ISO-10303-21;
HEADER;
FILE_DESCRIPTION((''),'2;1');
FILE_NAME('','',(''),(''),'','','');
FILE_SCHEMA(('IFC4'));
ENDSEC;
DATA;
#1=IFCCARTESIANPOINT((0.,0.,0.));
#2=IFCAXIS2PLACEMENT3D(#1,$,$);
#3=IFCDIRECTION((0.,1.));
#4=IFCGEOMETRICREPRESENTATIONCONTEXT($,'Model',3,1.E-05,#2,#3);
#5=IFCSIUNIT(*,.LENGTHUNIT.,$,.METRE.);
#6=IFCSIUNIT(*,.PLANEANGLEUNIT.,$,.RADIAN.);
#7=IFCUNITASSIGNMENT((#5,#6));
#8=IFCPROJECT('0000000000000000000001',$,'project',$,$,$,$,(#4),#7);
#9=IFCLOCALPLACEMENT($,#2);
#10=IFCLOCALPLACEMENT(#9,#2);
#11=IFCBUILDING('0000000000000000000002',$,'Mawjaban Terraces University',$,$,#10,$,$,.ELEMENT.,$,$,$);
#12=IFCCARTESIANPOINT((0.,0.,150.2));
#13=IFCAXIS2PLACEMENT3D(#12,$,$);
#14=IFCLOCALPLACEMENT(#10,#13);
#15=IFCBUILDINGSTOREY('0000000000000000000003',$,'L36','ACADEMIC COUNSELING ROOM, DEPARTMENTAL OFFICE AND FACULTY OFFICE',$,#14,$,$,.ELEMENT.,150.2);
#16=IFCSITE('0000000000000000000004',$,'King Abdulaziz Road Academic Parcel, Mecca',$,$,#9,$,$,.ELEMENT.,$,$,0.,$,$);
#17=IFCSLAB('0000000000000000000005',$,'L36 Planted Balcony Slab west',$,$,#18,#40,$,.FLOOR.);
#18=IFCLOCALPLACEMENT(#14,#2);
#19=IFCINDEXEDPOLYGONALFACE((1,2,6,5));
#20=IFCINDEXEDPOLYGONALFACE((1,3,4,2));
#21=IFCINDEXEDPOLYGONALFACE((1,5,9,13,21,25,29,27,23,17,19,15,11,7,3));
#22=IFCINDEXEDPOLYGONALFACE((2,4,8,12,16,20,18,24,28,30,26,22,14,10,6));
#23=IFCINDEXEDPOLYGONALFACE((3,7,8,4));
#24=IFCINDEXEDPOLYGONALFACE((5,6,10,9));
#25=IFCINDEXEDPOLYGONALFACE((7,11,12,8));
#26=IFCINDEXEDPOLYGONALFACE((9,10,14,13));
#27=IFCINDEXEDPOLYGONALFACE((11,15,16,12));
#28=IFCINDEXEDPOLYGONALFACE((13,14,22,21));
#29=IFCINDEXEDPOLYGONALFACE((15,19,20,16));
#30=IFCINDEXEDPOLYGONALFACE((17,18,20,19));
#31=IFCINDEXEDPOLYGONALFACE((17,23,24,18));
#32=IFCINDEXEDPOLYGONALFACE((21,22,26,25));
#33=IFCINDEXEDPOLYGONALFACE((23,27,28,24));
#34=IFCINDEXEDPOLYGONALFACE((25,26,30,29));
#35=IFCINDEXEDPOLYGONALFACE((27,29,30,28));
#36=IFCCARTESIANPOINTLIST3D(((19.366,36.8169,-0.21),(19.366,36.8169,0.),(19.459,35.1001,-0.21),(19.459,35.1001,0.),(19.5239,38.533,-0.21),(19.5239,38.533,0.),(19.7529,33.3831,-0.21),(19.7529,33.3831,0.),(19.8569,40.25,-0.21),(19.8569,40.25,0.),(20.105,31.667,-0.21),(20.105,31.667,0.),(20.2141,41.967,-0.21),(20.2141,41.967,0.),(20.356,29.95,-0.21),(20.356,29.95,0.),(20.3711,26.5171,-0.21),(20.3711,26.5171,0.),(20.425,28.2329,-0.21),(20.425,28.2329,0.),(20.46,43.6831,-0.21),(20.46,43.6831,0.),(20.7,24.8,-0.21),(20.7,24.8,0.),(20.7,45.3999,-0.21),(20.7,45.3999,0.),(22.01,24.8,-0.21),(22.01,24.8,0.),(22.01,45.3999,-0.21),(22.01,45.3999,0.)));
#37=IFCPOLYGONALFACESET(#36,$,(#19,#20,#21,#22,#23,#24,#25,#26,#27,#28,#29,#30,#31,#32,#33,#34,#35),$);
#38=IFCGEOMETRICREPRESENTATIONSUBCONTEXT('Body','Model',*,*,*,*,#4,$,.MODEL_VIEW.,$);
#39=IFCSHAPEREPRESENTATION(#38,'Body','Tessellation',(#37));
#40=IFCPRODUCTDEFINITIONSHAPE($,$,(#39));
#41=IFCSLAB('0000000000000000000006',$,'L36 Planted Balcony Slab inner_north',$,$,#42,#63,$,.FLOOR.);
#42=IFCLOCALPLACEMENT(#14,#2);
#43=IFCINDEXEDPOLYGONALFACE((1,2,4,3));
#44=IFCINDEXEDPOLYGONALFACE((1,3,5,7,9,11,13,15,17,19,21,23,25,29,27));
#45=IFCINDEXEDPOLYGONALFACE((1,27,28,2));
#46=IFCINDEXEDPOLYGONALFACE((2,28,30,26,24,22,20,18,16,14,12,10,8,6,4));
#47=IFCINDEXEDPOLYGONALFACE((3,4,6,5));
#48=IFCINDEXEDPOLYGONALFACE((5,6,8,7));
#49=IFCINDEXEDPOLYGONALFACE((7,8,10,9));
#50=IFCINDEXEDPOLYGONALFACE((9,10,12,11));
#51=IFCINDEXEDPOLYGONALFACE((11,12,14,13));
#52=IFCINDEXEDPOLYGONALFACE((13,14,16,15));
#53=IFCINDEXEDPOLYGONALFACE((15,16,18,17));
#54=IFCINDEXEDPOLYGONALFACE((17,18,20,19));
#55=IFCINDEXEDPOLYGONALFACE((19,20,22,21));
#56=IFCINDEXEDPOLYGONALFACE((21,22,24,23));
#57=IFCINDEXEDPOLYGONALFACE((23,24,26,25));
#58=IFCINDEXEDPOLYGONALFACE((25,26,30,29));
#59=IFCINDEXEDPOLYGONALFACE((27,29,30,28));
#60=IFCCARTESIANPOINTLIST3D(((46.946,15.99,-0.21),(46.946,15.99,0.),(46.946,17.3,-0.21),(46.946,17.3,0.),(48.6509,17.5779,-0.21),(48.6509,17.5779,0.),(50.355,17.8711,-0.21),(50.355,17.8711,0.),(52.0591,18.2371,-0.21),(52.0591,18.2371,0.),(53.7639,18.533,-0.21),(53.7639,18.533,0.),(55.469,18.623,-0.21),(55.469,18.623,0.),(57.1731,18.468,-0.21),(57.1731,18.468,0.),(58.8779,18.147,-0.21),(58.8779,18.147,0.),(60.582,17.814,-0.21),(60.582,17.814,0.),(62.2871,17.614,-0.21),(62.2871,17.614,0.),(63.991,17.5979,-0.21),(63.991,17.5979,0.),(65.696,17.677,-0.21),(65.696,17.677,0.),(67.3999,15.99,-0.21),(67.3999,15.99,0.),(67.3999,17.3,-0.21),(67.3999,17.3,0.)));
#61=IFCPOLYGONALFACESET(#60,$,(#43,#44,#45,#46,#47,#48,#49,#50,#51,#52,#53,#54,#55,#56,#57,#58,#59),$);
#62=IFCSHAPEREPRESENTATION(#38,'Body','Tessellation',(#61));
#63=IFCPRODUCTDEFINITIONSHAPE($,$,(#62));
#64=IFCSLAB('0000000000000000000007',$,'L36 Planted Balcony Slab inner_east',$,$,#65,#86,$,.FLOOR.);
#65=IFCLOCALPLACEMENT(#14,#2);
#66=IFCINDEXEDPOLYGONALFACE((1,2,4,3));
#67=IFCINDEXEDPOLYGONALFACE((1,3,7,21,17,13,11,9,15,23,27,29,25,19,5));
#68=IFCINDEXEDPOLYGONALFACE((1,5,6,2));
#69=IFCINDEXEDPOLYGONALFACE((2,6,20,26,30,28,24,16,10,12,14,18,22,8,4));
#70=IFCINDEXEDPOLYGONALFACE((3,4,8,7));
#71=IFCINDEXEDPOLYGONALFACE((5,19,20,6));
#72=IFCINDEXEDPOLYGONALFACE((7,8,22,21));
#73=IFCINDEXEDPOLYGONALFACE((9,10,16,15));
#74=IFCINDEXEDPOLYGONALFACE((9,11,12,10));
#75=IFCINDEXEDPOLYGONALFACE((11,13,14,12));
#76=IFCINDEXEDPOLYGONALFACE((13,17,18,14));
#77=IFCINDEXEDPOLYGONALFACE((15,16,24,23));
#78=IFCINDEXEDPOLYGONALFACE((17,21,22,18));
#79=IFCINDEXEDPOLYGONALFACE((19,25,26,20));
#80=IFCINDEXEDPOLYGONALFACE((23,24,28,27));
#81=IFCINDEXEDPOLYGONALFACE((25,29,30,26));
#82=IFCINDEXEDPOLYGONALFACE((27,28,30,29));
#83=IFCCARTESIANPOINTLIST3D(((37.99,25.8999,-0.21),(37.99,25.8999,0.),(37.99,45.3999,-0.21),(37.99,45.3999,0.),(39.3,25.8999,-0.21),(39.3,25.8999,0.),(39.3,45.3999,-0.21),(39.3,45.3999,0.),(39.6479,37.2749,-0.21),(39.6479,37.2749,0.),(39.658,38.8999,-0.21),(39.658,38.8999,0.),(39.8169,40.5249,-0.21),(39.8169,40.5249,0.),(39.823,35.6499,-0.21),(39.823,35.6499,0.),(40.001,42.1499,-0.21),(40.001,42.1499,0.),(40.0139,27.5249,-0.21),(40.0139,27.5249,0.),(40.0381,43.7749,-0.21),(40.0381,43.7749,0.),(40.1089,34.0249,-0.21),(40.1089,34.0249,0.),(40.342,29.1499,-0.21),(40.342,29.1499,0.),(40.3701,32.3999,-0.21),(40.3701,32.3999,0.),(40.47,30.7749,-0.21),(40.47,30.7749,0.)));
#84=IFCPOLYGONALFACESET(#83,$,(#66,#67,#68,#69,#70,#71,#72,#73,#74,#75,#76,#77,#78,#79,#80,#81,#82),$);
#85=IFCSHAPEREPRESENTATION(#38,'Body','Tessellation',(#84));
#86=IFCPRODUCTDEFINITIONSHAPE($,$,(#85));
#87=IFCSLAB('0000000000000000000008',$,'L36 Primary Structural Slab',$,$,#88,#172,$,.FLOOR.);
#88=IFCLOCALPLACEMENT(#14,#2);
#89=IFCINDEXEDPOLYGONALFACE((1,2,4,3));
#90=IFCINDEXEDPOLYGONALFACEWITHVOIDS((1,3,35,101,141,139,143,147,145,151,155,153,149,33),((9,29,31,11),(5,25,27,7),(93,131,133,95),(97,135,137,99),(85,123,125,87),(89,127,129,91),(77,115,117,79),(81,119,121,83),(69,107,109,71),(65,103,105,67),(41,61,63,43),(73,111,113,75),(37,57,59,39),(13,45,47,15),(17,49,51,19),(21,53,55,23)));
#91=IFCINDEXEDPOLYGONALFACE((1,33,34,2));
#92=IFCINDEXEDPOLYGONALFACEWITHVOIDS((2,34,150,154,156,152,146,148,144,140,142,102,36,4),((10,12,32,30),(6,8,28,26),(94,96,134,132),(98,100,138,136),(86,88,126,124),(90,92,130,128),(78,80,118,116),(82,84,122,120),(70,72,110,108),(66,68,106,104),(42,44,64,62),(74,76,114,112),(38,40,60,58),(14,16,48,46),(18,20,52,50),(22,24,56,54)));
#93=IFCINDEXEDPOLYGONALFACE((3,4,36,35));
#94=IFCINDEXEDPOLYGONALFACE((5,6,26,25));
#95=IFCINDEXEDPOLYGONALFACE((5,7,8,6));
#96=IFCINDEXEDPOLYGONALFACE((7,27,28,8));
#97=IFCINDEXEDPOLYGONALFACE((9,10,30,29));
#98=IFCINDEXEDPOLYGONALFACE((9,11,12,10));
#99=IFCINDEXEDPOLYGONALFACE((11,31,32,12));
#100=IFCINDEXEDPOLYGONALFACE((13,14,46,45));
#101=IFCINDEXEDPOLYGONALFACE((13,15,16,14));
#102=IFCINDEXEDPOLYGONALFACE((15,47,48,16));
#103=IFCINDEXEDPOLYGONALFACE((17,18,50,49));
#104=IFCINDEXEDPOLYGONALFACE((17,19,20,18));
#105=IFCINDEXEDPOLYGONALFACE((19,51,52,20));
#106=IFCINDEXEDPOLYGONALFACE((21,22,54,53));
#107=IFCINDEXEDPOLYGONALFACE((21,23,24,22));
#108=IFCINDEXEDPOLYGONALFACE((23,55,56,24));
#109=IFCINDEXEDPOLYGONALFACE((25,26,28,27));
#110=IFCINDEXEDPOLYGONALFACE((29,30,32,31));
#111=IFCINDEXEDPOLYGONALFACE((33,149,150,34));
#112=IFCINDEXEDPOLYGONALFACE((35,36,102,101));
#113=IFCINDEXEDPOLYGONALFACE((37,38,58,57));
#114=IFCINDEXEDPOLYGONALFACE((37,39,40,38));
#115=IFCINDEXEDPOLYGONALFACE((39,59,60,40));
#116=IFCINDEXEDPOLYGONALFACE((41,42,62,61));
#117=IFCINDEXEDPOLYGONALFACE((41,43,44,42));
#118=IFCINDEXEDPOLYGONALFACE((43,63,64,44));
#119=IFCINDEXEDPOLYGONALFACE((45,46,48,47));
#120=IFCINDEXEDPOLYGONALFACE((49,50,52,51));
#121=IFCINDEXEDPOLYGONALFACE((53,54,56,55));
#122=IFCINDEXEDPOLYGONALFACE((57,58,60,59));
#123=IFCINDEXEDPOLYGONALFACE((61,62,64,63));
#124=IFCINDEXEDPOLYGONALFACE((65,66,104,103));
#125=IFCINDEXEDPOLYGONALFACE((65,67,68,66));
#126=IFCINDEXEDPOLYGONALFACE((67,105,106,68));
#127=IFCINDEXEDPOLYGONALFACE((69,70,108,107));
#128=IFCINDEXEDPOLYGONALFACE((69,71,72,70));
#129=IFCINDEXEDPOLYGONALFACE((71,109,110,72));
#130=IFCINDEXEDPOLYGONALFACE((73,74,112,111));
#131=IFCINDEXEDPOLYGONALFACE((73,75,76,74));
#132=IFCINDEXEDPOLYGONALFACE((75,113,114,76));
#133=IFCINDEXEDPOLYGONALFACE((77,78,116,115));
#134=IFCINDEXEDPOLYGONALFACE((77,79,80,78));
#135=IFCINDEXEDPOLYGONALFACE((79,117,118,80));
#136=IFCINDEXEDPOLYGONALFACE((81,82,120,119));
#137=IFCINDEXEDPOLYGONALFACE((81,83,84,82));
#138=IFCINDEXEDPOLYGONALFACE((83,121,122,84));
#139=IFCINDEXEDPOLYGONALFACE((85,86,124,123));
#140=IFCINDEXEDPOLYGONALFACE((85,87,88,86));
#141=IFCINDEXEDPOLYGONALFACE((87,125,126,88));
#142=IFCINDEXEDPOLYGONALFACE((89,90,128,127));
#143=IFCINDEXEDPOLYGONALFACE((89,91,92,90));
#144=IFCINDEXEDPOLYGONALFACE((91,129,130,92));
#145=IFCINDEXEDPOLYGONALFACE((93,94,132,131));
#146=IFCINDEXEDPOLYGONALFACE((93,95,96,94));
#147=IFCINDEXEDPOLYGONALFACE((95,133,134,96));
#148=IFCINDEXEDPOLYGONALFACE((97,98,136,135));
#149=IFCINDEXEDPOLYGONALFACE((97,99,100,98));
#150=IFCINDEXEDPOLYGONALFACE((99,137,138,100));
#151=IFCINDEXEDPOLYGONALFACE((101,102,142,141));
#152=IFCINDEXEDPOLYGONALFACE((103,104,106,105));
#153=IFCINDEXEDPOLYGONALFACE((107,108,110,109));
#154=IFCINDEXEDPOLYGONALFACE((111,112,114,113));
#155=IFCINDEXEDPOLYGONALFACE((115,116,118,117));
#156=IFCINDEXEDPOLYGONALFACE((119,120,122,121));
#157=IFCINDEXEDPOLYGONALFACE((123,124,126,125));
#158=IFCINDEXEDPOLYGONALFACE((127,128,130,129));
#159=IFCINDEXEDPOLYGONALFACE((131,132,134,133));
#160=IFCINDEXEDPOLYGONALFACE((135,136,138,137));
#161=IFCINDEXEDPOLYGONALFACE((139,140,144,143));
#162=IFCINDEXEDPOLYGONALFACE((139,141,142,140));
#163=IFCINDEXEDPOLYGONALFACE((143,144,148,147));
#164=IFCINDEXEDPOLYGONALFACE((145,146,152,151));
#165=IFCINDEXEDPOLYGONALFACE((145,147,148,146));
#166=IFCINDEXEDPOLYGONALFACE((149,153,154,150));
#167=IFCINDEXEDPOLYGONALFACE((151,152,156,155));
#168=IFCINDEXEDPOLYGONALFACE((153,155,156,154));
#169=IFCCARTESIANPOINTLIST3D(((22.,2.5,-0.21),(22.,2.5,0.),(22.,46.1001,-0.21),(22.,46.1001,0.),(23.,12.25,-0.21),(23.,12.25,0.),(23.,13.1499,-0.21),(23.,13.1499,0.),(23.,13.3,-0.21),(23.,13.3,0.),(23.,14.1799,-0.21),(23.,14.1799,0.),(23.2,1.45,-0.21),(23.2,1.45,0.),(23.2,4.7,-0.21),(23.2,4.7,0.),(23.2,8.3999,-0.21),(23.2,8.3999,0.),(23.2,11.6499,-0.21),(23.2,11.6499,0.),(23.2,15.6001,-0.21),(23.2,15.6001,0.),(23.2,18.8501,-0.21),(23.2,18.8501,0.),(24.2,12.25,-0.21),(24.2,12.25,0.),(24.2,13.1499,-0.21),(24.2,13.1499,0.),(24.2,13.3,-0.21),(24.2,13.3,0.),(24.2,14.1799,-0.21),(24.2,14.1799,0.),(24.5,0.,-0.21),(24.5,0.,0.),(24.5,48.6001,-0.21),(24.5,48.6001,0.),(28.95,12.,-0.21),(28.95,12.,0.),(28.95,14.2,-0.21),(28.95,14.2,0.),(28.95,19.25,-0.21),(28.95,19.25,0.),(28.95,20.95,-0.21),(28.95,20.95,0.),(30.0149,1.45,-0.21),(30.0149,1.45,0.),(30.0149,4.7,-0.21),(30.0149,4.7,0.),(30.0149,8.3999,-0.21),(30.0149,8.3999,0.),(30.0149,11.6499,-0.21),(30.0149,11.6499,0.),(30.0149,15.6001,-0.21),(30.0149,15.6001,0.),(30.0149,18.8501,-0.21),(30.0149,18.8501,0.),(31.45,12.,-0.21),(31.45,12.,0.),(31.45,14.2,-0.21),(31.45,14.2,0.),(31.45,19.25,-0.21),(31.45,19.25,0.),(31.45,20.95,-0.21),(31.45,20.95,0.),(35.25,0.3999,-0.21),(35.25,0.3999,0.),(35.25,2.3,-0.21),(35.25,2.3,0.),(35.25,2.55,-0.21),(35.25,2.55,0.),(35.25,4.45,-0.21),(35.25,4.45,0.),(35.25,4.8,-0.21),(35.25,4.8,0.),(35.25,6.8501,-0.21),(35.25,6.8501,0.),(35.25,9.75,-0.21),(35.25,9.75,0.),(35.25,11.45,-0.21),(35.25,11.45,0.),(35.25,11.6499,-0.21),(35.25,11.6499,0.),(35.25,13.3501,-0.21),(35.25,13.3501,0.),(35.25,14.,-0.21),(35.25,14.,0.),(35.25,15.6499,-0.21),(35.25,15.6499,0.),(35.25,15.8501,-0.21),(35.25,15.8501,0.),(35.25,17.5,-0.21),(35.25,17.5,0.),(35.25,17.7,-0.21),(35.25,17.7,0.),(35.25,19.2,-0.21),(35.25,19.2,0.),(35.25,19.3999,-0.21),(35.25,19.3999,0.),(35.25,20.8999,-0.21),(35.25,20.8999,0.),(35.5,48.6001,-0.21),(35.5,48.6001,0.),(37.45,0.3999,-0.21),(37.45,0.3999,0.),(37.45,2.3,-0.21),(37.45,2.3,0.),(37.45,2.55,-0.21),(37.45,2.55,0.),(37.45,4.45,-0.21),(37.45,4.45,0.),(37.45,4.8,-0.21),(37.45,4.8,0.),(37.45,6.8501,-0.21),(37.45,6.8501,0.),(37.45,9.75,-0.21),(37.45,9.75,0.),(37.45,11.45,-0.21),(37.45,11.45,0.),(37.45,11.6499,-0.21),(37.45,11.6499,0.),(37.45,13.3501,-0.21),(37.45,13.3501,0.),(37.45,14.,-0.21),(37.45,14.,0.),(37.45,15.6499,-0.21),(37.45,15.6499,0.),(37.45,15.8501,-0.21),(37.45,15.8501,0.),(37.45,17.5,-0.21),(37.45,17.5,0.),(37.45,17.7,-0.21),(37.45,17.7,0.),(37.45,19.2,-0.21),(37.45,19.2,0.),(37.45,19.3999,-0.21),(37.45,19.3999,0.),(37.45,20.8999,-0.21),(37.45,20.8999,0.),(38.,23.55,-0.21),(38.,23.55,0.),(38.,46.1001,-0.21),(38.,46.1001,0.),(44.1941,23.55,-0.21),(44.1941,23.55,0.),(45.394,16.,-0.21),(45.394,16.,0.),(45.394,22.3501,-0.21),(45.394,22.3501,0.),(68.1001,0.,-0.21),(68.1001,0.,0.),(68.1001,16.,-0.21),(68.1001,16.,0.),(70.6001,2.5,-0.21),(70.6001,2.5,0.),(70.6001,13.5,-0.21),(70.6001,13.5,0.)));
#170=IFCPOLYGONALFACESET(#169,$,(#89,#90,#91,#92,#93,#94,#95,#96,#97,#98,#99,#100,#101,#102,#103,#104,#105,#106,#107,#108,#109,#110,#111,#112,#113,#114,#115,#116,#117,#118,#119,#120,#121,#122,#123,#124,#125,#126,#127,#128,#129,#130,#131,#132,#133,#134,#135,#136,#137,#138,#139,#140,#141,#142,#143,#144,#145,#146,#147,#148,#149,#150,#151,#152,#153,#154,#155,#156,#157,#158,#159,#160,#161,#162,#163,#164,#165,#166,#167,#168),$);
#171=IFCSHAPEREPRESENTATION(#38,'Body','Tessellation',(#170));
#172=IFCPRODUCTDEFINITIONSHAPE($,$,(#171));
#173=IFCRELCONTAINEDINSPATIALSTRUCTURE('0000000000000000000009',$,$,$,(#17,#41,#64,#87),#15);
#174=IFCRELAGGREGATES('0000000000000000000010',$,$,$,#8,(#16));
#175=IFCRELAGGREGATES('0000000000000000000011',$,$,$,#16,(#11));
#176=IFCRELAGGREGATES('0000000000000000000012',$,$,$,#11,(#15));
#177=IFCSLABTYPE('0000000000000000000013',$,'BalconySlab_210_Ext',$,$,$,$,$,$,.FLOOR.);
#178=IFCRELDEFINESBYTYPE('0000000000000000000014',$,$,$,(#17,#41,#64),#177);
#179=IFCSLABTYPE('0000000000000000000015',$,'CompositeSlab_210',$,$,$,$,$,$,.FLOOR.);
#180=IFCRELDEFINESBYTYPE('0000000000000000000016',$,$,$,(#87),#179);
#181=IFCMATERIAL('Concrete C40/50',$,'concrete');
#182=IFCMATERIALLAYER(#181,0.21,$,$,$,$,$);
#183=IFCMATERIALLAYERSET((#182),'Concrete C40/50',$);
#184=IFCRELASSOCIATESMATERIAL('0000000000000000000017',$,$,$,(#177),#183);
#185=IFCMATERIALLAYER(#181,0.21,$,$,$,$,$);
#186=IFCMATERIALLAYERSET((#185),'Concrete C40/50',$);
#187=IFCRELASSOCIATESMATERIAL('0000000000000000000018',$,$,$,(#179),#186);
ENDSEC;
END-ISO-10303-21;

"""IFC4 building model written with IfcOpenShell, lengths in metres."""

from ifc_helpers import new_model, si_unit, direction, frame, origin, place, context, subcontext, project, spatial, polyline, outline, extrude, material, layer, layer_set, type_object, element, save


model = new_model("IFC4")

# Units and contexts
model_context = context("Model", 3, precision=1e-05, world=origin(), true_north=direction((0.0, 1.0)))
body_context = subcontext(model_context, "Body", "Model", "MODEL_VIEW")
ifc_project = project(units=[si_unit("LENGTHUNIT", "METRE"), si_unit("PLANEANGLEUNIT", "RADIAN")], contexts=[model_context])

# Site, building, storey
site_placement = place(None, origin())
site = spatial("IfcSite", under=ifc_project, at=site_placement, Name="King Abdulaziz Road Academic Parcel, Mecca", CompositionType="ELEMENT", RefElevation=0.0)
building_placement = place(site_placement, origin())
building = spatial("IfcBuilding", under=site, at=building_placement, Name="Mawjaban Terraces University", CompositionType="ELEMENT")
storey_placement = place(building_placement, frame((0.0, 0.0, 150.2)))
storey = spatial("IfcBuildingStorey", under=building, at=storey_placement, Name="L36", Description="ACADEMIC COUNSELING ROOM, DEPARTMENTAL OFFICE AND FACULTY OFFICE", CompositionType="ELEMENT", Elevation=150.2)

# Slabs
ifc_material_1 = material(Name="Concrete C40/50", Category="concrete")
ifc_layer_1 = layer(ifc_material_1, 0.21)
ifc_layer_set_1 = layer_set([ifc_layer_1], Name="Concrete C40/50")
slab_type_1 = type_object("IfcSlabType", Name="BalconySlab_210_Ext", PredefinedType="FLOOR", material=ifc_layer_set_1)
slab_1_placement = place(storey_placement, frame((0.0, 0.0, -0.21)))
element("IfcSlab", 1, at=slab_1_placement, inside=storey, type_object=slab_type_1, Name="L36 Planted Balcony Slab west", PredefinedType="FLOOR", context=body_context, shape_type="SweptSolid", body=[
    extrude(outline(polyline([(22.01, 24.8), (22.01, 45.3999), (20.7, 45.3999), (20.46, 43.6831), (20.2141, 41.967), (19.8569, 40.25), (19.5239, 38.533), (19.366, 36.8169), (19.459, 35.1001), (19.7529, 33.3831), (20.105, 31.667), (20.356, 29.95), (20.425, 28.2329), (20.3711, 26.5171), (20.7, 24.8), (22.01, 24.8)])), origin(), (0.0, 0.0, 1.0), 0.21),
])
slab_2_placement = place(storey_placement, frame((0.0, 0.0, -0.21)))
element("IfcSlab", 2, at=slab_2_placement, inside=storey, type_object=slab_type_1, Name="L36 Planted Balcony Slab inner_north", PredefinedType="FLOOR", context=body_context, shape_type="SweptSolid", body=[
    extrude(outline(polyline([(46.946, 15.99), (67.3999, 15.99), (67.3999, 17.3), (65.696, 17.677), (63.991, 17.5979), (62.2871, 17.614), (60.582, 17.814), (58.8779, 18.147), (57.1731, 18.468), (55.469, 18.623), (53.7639, 18.533), (52.0591, 18.2371), (50.355, 17.8711), (48.6509, 17.5779), (46.946, 17.3), (46.946, 15.99)])), origin(), (0.0, 0.0, 1.0), 0.21),
])
slab_3_placement = place(storey_placement, frame((0.0, 0.0, -0.21)))
element("IfcSlab", 3, at=slab_3_placement, inside=storey, type_object=slab_type_1, Name="L36 Planted Balcony Slab inner_east", PredefinedType="FLOOR", context=body_context, shape_type="SweptSolid", body=[
    extrude(outline(polyline([(39.3, 25.8999), (40.0139, 27.5249), (40.342, 29.1499), (40.47, 30.7749), (40.3701, 32.3999), (40.1089, 34.0249), (39.823, 35.6499), (39.6479, 37.2749), (39.658, 38.8999), (39.8169, 40.5249), (40.001, 42.1499), (40.0381, 43.7749), (39.3, 45.3999), (37.99, 45.3999), (37.99, 25.8999), (39.3, 25.8999)])), origin(), (0.0, 0.0, 1.0), 0.21),
])
ifc_layer_2 = layer(ifc_material_1, 0.21)
ifc_layer_set_2 = layer_set([ifc_layer_2], Name="Concrete C40/50")
slab_type_2 = type_object("IfcSlabType", Name="CompositeSlab_210", PredefinedType="FLOOR", material=ifc_layer_set_2)
slab_4_placement = place(storey_placement, frame((0.0, 0.0, -0.21)))
element("IfcSlab", 4, at=slab_4_placement, inside=storey, type_object=slab_type_2, Name="L36 Primary Structural Slab", PredefinedType="FLOOR", context=body_context, shape_type="SweptSolid", body=[
    extrude(outline(polyline([(24.5, 0.0), (68.1001, 0.0), (70.6001, 2.5), (70.6001, 13.5), (68.1001, 16.0), (45.394, 16.0), (45.394, 22.3501), (44.1941, 23.55), (38.0, 23.55), (38.0, 46.1001), (35.5, 48.6001), (24.5, 48.6001), (22.0, 46.1001), (22.0, 2.5), (24.5, 0.0)]), holes=[polyline([(30.0149, 4.7), (23.2, 4.7), (23.2, 1.45), (30.0149, 1.45), (30.0149, 4.7)]), polyline([(30.0149, 18.8501), (23.2, 18.8501), (23.2, 15.6001), (30.0149, 15.6001), (30.0149, 18.8501)]), polyline([(30.0149, 11.6499), (23.2, 11.6499), (23.2, 8.3999), (30.0149, 8.3999), (30.0149, 11.6499)]), polyline([(35.25, 0.3999), (37.45, 0.3999), (37.45, 2.3), (35.25, 2.3), (35.25, 0.3999)]), polyline([(35.25, 2.55), (37.45, 2.55), (37.45, 4.45), (35.25, 4.45), (35.25, 2.55)]), polyline([(35.25, 4.8), (37.45, 4.8), (37.45, 6.8501), (35.25, 6.8501), (35.25, 4.8)]), polyline([(35.25, 9.75), (37.45, 9.75), (37.45, 11.45), (35.25, 11.45), (35.25, 9.75)]), polyline([(35.25, 11.6499), (37.45, 11.6499), (37.45, 13.3501), (35.25, 13.3501), (35.25, 11.6499)]), polyline([(28.95, 12.0), (31.45, 12.0), (31.45, 14.2), (28.95, 14.2), (28.95, 12.0)]), polyline([(35.25, 14.0), (37.45, 14.0), (37.45, 15.6499), (35.25, 15.6499), (35.25, 14.0)]), polyline([(35.25, 15.8501), (37.45, 15.8501), (37.45, 17.5), (35.25, 17.5), (35.25, 15.8501)]), polyline([(35.25, 17.7), (37.45, 17.7), (37.45, 19.2), (35.25, 19.2), (35.25, 17.7)]), polyline([(35.25, 19.3999), (37.45, 19.3999), (37.45, 20.8999), (35.25, 20.8999), (35.25, 19.3999)]), polyline([(28.95, 19.25), (31.45, 19.25), (31.45, 20.95), (28.95, 20.95), (28.95, 19.25)]), polyline([(23.0, 12.25), (24.2, 12.25), (24.2, 13.1499), (23.0, 13.1499), (23.0, 12.25)]), polyline([(23.0, 13.3), (24.2, 13.3), (24.2, 14.1799), (23.0, 14.1799), (23.0, 13.3)])]), origin(), (0.0, 0.0, 1.0), 0.21),
])

save(model, "model.ifc")
